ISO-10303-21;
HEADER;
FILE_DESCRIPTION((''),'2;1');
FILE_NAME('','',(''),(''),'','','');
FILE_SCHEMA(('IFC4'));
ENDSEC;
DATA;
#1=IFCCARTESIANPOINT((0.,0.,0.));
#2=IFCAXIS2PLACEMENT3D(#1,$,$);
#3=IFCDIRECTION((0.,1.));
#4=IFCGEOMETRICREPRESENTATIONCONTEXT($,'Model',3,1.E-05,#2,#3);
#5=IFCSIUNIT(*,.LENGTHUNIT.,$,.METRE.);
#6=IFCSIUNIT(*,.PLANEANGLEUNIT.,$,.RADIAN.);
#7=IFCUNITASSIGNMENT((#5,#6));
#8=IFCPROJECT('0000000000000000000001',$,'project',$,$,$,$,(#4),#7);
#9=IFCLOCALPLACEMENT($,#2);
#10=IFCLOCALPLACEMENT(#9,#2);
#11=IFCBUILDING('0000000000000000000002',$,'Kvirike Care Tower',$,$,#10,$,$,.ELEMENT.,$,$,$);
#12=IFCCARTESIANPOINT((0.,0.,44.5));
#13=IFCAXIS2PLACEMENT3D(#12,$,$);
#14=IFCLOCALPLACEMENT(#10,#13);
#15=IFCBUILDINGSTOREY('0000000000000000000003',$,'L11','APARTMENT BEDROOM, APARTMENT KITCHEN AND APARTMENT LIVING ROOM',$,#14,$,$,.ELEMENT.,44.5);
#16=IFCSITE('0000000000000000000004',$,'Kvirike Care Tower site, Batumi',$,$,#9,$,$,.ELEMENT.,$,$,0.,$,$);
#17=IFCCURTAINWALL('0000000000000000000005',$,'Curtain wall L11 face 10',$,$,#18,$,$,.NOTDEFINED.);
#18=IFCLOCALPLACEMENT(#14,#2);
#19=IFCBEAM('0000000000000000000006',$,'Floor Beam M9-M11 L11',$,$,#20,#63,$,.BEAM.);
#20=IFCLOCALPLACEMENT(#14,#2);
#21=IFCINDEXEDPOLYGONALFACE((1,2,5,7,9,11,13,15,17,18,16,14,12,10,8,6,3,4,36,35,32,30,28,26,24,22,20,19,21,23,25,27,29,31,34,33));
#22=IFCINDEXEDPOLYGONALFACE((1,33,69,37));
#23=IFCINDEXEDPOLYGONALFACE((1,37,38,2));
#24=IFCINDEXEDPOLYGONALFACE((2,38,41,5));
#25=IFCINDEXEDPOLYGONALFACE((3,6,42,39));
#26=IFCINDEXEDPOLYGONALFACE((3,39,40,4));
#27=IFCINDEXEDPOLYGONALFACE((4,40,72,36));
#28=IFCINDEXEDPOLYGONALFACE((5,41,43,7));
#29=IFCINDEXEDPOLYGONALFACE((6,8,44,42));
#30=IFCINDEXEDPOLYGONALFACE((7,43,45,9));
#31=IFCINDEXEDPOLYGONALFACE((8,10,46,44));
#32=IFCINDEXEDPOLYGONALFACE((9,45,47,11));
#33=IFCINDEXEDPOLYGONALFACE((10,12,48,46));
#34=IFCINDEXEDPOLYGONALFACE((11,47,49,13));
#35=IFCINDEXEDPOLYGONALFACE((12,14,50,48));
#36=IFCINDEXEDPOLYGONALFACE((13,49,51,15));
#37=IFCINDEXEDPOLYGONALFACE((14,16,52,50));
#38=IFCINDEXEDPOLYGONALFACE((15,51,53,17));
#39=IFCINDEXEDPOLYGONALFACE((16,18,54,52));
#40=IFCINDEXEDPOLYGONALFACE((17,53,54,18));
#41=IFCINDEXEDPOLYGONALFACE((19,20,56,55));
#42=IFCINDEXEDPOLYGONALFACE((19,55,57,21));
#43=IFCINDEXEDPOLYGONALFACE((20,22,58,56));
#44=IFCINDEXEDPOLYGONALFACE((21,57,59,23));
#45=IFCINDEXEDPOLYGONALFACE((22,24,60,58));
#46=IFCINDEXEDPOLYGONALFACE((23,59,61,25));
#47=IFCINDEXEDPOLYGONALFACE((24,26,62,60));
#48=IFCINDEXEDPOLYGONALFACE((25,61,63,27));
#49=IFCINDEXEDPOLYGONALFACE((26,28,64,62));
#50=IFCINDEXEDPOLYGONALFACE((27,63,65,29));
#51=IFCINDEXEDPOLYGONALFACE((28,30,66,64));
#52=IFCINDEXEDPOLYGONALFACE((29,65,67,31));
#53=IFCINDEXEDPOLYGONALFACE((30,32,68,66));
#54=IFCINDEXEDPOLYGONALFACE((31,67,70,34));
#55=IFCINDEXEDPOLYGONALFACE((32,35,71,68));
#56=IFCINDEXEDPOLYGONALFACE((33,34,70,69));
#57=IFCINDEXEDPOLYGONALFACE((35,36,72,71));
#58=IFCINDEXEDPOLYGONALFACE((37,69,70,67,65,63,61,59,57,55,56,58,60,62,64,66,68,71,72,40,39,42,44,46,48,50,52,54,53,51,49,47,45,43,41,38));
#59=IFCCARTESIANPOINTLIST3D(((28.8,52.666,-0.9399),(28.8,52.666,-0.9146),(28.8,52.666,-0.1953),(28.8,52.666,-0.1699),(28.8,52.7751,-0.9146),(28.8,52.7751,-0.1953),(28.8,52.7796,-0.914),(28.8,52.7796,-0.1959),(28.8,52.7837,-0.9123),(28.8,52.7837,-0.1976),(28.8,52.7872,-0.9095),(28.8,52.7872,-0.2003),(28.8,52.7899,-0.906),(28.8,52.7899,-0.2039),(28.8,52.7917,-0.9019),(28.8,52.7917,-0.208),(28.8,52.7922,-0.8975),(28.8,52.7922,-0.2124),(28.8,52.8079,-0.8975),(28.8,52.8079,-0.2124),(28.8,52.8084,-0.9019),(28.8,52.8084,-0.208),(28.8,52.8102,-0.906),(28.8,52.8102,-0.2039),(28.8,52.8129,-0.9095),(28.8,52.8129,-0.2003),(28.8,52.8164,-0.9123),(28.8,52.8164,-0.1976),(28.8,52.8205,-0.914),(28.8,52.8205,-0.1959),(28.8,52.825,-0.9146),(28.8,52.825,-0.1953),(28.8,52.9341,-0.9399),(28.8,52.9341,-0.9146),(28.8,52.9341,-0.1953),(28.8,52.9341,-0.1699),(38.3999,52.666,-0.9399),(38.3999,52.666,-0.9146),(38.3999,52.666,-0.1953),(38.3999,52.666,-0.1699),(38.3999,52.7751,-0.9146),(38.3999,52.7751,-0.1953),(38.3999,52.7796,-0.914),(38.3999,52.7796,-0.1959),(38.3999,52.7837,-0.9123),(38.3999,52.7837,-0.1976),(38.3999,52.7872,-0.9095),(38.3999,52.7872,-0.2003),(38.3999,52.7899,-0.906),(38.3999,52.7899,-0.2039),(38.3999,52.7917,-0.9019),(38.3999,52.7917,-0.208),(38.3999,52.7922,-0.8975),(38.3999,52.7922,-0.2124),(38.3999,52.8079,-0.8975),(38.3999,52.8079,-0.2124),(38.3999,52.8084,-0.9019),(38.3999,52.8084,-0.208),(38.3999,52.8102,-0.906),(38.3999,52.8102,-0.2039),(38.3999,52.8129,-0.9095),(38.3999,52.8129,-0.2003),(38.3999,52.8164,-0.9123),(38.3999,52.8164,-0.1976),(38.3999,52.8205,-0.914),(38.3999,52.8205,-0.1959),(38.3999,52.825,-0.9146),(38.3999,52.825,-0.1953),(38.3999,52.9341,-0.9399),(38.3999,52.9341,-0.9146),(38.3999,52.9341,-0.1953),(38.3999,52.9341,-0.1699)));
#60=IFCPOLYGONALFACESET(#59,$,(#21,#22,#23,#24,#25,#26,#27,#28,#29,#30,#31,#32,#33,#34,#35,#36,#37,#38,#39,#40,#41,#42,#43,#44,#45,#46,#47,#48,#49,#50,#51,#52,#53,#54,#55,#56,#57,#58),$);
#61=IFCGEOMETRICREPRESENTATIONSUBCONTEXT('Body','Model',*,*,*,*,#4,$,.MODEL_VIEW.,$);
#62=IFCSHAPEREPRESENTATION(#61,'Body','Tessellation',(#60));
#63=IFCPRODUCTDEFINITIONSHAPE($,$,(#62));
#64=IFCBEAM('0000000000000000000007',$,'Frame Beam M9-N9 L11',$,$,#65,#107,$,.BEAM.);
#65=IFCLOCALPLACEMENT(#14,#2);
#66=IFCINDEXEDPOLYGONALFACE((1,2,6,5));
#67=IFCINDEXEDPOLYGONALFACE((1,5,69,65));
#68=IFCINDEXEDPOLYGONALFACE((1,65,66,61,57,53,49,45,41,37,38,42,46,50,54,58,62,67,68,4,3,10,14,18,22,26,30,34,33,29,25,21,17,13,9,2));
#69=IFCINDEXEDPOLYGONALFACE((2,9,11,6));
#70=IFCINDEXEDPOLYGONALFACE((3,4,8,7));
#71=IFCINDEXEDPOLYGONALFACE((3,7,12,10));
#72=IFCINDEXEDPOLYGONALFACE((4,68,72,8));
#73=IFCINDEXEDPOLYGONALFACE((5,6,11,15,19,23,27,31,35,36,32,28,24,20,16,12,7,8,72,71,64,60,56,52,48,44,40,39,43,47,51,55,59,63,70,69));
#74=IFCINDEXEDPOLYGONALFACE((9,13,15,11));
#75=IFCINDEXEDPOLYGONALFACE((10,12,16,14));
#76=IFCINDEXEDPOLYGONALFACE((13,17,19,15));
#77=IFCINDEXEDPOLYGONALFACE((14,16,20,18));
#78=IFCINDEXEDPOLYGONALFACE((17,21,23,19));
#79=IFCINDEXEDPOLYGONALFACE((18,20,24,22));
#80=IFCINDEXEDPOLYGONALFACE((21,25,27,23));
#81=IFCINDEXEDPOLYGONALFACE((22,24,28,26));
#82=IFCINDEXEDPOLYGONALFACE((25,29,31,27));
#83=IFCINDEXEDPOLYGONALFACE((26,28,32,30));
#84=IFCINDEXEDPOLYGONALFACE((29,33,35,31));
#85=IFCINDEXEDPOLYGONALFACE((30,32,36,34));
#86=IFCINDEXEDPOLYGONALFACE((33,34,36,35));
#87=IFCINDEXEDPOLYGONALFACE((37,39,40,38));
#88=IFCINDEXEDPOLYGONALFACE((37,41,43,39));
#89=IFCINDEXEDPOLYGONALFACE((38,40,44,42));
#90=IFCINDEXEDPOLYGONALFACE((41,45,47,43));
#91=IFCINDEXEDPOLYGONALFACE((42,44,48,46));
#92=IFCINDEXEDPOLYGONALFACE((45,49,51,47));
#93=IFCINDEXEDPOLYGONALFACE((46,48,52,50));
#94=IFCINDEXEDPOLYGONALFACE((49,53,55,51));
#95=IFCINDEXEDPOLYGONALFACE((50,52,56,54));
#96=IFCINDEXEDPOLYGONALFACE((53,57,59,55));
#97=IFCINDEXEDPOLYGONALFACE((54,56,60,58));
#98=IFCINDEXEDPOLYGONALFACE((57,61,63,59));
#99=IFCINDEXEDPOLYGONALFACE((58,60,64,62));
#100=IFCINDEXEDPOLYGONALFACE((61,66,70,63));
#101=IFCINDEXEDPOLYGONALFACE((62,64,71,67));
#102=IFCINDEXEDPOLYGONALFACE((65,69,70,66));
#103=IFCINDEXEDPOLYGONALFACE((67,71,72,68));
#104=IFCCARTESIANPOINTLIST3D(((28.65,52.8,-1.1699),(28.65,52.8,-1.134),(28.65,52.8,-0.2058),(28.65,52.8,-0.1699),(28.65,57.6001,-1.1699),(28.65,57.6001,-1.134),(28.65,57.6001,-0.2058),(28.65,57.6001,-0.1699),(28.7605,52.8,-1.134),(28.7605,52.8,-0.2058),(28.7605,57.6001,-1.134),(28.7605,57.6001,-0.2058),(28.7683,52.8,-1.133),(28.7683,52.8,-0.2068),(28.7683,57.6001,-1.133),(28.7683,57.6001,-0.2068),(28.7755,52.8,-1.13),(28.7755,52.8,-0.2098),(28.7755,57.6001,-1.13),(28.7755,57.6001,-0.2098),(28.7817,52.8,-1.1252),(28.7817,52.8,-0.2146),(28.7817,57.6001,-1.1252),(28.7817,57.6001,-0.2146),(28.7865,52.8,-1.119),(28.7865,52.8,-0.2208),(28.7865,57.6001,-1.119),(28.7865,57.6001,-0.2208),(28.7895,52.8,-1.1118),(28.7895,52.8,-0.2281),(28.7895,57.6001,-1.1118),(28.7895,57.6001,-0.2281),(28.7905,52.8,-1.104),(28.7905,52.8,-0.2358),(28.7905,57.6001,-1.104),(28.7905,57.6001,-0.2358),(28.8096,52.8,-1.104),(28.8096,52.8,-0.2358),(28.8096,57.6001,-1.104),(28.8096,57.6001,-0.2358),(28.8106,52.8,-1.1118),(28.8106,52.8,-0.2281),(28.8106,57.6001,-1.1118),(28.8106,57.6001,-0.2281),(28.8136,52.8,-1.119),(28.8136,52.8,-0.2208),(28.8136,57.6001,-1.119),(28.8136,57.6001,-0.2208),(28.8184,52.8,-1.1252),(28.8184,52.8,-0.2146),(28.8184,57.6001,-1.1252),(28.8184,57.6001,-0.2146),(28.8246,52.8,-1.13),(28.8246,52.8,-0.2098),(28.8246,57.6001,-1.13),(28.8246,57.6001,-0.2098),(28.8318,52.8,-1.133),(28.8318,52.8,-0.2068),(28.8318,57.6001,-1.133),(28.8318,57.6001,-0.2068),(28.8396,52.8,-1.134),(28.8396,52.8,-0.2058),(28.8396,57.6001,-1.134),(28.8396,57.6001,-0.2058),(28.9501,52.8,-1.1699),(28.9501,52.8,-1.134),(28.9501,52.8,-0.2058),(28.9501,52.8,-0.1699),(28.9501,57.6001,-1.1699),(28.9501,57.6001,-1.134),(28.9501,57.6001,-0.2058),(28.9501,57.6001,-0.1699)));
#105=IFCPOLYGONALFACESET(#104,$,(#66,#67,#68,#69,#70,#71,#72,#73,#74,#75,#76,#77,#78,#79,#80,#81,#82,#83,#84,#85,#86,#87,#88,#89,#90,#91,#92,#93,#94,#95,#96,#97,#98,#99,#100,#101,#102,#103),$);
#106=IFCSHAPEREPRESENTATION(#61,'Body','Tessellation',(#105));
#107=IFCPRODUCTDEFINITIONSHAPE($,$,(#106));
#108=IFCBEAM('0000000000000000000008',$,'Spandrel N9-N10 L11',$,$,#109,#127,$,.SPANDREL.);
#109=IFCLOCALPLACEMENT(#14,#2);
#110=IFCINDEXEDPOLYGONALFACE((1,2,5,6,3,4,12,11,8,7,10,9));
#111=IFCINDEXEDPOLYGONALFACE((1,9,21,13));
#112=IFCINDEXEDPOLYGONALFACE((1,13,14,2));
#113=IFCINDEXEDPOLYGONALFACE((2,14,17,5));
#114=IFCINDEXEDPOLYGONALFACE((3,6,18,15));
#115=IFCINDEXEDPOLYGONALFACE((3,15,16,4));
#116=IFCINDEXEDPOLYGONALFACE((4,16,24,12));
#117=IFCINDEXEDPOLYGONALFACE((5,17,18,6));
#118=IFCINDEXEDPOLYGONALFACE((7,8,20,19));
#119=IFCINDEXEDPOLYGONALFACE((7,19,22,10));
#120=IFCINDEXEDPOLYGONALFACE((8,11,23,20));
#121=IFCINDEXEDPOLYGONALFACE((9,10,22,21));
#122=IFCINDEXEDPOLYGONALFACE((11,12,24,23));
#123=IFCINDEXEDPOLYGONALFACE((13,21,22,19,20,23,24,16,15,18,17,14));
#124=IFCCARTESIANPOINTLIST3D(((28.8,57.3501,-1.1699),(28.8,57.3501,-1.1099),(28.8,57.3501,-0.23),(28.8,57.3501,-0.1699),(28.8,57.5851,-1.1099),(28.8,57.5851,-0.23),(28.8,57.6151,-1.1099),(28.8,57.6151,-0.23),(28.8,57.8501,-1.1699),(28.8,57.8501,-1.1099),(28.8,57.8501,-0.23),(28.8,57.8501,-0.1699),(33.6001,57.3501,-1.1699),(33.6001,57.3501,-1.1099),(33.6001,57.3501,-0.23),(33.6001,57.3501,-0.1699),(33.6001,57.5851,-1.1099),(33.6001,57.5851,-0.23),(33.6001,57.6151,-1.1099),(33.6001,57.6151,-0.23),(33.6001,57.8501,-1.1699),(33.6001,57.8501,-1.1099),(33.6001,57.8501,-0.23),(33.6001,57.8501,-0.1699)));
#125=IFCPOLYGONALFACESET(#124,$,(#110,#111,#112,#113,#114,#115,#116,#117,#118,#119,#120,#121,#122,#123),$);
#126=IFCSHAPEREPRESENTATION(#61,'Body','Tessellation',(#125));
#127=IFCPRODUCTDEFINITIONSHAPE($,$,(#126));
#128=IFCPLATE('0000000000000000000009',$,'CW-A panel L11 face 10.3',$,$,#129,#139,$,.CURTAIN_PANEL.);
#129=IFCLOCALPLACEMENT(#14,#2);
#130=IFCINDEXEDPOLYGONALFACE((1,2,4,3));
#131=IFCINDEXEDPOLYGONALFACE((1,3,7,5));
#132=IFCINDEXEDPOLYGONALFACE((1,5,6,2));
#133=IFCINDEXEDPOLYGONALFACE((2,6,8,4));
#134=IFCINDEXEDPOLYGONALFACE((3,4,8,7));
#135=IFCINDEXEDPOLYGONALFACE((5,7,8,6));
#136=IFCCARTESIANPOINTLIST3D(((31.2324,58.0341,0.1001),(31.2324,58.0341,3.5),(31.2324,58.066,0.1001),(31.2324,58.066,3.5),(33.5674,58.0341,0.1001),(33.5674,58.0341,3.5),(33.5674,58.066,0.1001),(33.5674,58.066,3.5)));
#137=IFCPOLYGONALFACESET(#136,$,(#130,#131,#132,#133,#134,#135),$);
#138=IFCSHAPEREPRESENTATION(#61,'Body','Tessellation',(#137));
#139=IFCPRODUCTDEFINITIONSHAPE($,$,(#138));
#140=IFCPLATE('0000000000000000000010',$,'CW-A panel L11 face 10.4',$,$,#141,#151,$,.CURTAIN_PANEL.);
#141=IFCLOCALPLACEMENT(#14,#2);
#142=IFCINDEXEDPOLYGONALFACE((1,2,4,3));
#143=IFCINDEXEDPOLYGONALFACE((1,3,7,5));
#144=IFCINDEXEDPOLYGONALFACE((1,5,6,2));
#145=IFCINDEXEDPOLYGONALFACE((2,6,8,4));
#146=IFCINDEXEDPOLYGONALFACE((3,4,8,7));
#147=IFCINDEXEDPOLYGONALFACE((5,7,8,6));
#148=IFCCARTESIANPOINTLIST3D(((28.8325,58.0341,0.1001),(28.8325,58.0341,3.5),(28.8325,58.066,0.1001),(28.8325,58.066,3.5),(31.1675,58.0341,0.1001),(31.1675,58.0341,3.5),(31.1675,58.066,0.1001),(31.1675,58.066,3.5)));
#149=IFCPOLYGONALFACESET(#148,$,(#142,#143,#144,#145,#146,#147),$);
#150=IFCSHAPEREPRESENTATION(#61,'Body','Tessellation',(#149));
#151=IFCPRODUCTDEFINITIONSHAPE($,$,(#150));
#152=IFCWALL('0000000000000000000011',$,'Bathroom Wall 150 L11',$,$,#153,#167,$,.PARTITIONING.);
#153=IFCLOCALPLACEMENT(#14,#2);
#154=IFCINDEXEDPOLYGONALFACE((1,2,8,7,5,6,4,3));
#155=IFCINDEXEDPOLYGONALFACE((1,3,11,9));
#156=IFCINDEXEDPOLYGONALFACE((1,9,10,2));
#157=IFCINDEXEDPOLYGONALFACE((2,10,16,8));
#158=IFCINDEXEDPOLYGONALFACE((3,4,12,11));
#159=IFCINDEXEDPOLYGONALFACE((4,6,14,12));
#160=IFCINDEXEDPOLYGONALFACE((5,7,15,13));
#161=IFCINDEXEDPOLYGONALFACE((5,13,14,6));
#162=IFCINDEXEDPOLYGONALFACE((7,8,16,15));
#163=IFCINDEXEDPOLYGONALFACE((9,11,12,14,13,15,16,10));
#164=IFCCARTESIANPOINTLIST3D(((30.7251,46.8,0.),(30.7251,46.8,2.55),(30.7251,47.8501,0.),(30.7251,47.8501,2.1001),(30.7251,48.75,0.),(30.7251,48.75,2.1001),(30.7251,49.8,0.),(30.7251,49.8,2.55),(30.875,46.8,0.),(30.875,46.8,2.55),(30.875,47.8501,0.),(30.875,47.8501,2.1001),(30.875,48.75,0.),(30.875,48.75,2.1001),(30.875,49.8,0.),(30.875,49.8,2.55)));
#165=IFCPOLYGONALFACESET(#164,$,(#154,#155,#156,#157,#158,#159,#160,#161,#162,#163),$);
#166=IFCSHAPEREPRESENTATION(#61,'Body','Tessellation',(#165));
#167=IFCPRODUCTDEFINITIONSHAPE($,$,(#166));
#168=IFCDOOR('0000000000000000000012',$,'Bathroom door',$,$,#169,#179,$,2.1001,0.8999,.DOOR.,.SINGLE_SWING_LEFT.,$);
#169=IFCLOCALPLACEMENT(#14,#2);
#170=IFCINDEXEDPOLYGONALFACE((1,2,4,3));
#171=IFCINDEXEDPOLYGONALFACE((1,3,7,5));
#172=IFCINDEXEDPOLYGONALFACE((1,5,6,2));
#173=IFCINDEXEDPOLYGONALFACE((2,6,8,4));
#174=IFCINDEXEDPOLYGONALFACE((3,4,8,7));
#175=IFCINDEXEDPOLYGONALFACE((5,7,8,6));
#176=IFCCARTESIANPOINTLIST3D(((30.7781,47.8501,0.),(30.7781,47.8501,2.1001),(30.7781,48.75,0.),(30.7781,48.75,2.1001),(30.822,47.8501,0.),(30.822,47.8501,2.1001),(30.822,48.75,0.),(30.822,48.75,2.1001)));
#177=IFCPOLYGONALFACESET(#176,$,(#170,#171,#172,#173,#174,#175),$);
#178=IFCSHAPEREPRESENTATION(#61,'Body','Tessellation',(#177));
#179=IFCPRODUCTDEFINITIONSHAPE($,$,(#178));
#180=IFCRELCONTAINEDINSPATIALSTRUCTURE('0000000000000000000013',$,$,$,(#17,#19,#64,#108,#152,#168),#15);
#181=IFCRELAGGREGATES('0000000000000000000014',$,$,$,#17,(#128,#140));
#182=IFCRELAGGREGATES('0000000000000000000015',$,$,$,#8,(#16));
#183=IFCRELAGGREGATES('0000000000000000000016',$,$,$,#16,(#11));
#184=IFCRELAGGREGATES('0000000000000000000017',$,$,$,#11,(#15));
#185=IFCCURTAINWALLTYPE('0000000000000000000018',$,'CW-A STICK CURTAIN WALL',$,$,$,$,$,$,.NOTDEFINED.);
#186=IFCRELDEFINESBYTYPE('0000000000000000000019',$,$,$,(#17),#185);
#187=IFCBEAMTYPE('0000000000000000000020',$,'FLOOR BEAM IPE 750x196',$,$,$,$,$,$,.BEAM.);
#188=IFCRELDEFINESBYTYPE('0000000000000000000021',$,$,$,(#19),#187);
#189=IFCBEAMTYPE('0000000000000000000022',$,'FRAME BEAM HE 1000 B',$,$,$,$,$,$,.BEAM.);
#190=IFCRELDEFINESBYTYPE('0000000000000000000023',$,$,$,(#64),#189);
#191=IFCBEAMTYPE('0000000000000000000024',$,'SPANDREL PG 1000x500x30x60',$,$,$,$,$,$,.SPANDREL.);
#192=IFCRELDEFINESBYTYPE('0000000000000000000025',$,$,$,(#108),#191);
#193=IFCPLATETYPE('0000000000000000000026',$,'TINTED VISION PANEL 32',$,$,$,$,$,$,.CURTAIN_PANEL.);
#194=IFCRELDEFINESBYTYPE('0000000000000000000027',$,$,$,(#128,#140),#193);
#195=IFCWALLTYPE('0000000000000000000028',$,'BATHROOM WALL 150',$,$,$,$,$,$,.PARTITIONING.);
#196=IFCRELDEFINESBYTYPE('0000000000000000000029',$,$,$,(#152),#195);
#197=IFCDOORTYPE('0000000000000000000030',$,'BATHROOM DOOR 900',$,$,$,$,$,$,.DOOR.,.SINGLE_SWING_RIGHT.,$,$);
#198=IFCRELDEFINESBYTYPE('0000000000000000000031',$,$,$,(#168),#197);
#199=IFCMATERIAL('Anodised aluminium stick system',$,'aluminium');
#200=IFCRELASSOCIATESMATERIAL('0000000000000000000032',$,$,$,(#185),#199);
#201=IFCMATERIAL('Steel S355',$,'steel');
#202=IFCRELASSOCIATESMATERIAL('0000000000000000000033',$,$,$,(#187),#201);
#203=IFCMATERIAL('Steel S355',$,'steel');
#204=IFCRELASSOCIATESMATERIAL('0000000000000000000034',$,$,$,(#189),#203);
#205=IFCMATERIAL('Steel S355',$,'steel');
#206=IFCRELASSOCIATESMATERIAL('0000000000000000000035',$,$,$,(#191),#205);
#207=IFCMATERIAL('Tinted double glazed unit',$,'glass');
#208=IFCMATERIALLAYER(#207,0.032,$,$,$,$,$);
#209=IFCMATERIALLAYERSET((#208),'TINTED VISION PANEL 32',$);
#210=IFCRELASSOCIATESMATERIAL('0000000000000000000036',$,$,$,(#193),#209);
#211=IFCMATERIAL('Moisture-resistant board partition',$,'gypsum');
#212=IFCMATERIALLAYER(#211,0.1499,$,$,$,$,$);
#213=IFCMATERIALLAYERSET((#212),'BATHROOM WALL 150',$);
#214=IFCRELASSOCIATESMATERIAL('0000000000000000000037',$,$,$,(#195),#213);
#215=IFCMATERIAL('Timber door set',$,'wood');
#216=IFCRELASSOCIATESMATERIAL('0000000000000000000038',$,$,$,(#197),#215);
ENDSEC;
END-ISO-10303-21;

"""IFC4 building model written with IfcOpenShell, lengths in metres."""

from ifc_helpers import new_model, si_unit, direction, frame, frame_2d, origin, origin_2d, place, context, subcontext, project, spatial, rectangle, i_section, extrude, material, layer, layer_set, material_profile, profile_set, type_object, element, fill, aggregate, save


model = new_model("IFC4")

# Units and contexts
model_context = context("Model", 3, precision=1e-05, world=origin(), true_north=direction((0.0, 1.0)))
body_context = subcontext(model_context, "Body", "Model", "MODEL_VIEW")
ifc_project = project(units=[si_unit("LENGTHUNIT", "METRE"), si_unit("PLANEANGLEUNIT", "RADIAN")], contexts=[model_context])

# Site, building, storey
site_placement = place(None, origin())
site = spatial("IfcSite", under=ifc_project, at=site_placement, Name="Kvirike Care Tower site, Batumi", CompositionType="ELEMENT", RefElevation=0.0)
building_placement = place(site_placement, origin())
building = spatial("IfcBuilding", under=site, at=building_placement, Name="Kvirike Care Tower", CompositionType="ELEMENT")
storey_placement = place(building_placement, frame((0.0, 0.0, 44.5)))
storey = spatial("IfcBuildingStorey", under=building, at=storey_placement, Name="L11", Description="APARTMENT BEDROOM, APARTMENT KITCHEN AND APARTMENT LIVING ROOM", CompositionType="ELEMENT", Elevation=44.5)

# Curtain wall
ifc_material_1 = material(Name="Anodised aluminium stick system", Category="aluminium")
curtain_wall_type = type_object("IfcCurtainWallType", Name="CW-A STICK CURTAIN WALL", PredefinedType="NOTDEFINED", material=ifc_material_1)
curtain_wall_placement = place(storey_placement, origin())
curtain_wall = element("IfcCurtainWall", 1, at=curtain_wall_placement, inside=storey, type_object=curtain_wall_type, Name="Curtain wall L11 face 10", PredefinedType="NOTDEFINED")

# Beams
ifc_material_2 = material(Name="Steel S355", Category="steel")
ifc_material_profile_1 = material_profile(ifc_material_2, i_section(OverallWidth=0.2681, OverallDepth=0.77, WebThickness=0.0156, FlangeThickness=0.0254, FilletRadius=0.0171, at=origin_2d()), Name="IPE 750x196")
ifc_profile_set_1 = profile_set([ifc_material_profile_1], Name="Steel S355")
beam_type_1 = type_object("IfcBeamType", Name="FLOOR BEAM IPE 750x196", PredefinedType="BEAM", material=ifc_profile_set_1)
beam_1_placement = place(storey_placement, frame((28.8, 52.8, -0.5549), z_axis=(1.0, 0.0, 0.0), x_axis=(0.0, 1.0, 0.0)))
element("IfcBeam", 2, at=beam_1_placement, inside=storey, type_object=beam_type_1, Name="Floor Beam M9-M11 L11", PredefinedType="BEAM", context=body_context, shape_type="SweptSolid", body=[
    extrude(i_section(OverallWidth=0.2681, OverallDepth=0.77, WebThickness=0.0156, FlangeThickness=0.0254, FilletRadius=0.0171, at=origin_2d()), origin(), (0.0, 0.0, 1.0), 9.5999),
])
ifc_material_3 = material(Name="Steel S355", Category="steel")
ifc_material_profile_2 = material_profile(ifc_material_3, i_section(OverallWidth=0.3, OverallDepth=1.0, WebThickness=0.019, FlangeThickness=0.0359, FilletRadius=0.03, at=origin_2d()), Name="HE 1000 B")
ifc_profile_set_2 = profile_set([ifc_material_profile_2], Name="Steel S355")
beam_type_2 = type_object("IfcBeamType", Name="FRAME BEAM HE 1000 B", PredefinedType="BEAM", material=ifc_profile_set_2)
beam_2_placement = place(storey_placement, frame((28.8, 52.8, -0.6699), z_axis=(0.0, 1.0, 0.0), x_axis=(-1.0, 0.0, 0.0)))
element("IfcBeam", 3, at=beam_2_placement, inside=storey, type_object=beam_type_2, Name="Frame Beam M9-N9 L11", PredefinedType="BEAM", context=body_context, shape_type="SweptSolid", body=[
    extrude(i_section(OverallWidth=0.3, OverallDepth=1.0, WebThickness=0.019, FlangeThickness=0.0359, FilletRadius=0.03, at=origin_2d()), origin(), (0.0, 0.0, 1.0), 4.8),
])
ifc_material_4 = material(Name="Steel S355", Category="steel")
ifc_material_profile_3 = material_profile(ifc_material_4, i_section(OverallWidth=0.5, OverallDepth=1.0, WebThickness=0.03, FlangeThickness=0.0601, at=origin_2d()), Name="PG 1000x500x30x60")
ifc_profile_set_3 = profile_set([ifc_material_profile_3], Name="Steel S355")
beam_type_3 = type_object("IfcBeamType", Name="SPANDREL PG 1000x500x30x60", PredefinedType="SPANDREL", material=ifc_profile_set_3)
beam_3_placement = place(storey_placement, frame((28.8, 57.6001, -0.6699), z_axis=(1.0, 0.0, 0.0), x_axis=(0.0, 1.0, 0.0)))
element("IfcBeam", 4, at=beam_3_placement, inside=storey, type_object=beam_type_3, Name="Spandrel N9-N10 L11", PredefinedType="SPANDREL", context=body_context, shape_type="SweptSolid", body=[
    extrude(i_section(OverallWidth=0.5, OverallDepth=1.0, WebThickness=0.03, FlangeThickness=0.0601, at=origin_2d()), origin(), (0.0, 0.0, 1.0), 4.8),
])

# Plates
ifc_material_5 = material(Name="Tinted double glazed unit", Category="glass")
ifc_layer_1 = layer(ifc_material_5, 0.032)
ifc_layer_set_1 = layer_set([ifc_layer_1], Name="TINTED VISION PANEL 32")
plate_type = type_object("IfcPlateType", Name="TINTED VISION PANEL 32", PredefinedType="CURTAIN_PANEL", material=ifc_layer_set_1)
plate_1_placement = place(storey_placement, frame((32.3999, 58.05, 0.1001), z_axis=(0.0, 0.0, 1.0), x_axis=(-1.0, 0.0, 0.0)))
plate_1 = element("IfcPlate", 5, at=plate_1_placement, type_object=plate_type, Name="CW-A panel L11 face 10.3", PredefinedType="CURTAIN_PANEL", context=body_context, shape_type="SweptSolid", body=[
    extrude(rectangle(XDim=2.335, YDim=0.032, at=origin_2d()), origin(), (0.0, 0.0, 1.0), 3.3999),
])
plate_2_placement = place(storey_placement, frame((30.0, 58.05, 0.1001), z_axis=(0.0, 0.0, 1.0), x_axis=(-1.0, 0.0, 0.0)))
plate_2 = element("IfcPlate", 6, at=plate_2_placement, type_object=plate_type, Name="CW-A panel L11 face 10.4", PredefinedType="CURTAIN_PANEL", context=body_context, shape_type="SweptSolid", body=[
    extrude(rectangle(XDim=2.335, YDim=0.032, at=origin_2d()), origin(), (0.0, 0.0, 1.0), 3.3999),
])
aggregate(curtain_wall, [plate_1, plate_2])

# Wall, opening, door
ifc_material_6 = material(Name="Moisture-resistant board partition", Category="gypsum")
ifc_layer_2 = layer(ifc_material_6, 0.1499)
ifc_layer_set_2 = layer_set([ifc_layer_2], Name="BATHROOM WALL 150")
wall_type_1 = type_object("IfcWallType", Name="BATHROOM WALL 150", PredefinedType="PARTITIONING", material=ifc_layer_set_2)
wall_1_placement = place(storey_placement, frame((30.8, 49.8, 0.0), z_axis=(0.0, 0.0, 1.0), x_axis=(0.0, -1.0, 0.0)))
wall_1 = element("IfcWall", 7, at=wall_1_placement, inside=storey, type_object=wall_type_1, Name="Bathroom Wall 150 L11", PredefinedType="PARTITIONING", context=body_context, shape_type="SweptSolid", body=[
    extrude(rectangle(XDim=3.0, YDim=0.1499, at=frame_2d((1.5, 0.0))), origin(), (0.0, 0.0, 1.0), 2.55),
])
opening_1_placement = place(wall_1_placement, frame((1.05, 0.0, 0.0)))
opening_1 = element("IfcOpeningElement", 8, at=opening_1_placement, cuts=wall_1, PredefinedType="OPENING", context=body_context, shape_type="SweptSolid", body=[
    extrude(rectangle(XDim=0.8999, YDim=2.1001, at=frame_2d((0.45, 1.05))), frame((0.0, 0.0854, 0.0), z_axis=(0.0, -1.0, 0.0), x_axis=(1.0, 0.0, 0.0)), (0.0, 0.0, 1.0), 0.1709),
])
ifc_material_7 = material(Name="Timber door set", Category="wood")
door_type_1 = type_object("IfcDoorType", Name="BATHROOM DOOR 900", OperationType="SINGLE_SWING_RIGHT", PredefinedType="DOOR", material=ifc_material_7)
door_1_placement = place(opening_1_placement, origin())
door_1 = element("IfcDoor", 9, at=door_1_placement, inside=storey, type_object=door_type_1, Name="Bathroom door", OperationType="SINGLE_SWING_LEFT", OverallHeight=2.1001, OverallWidth=0.8999, PredefinedType="DOOR", context=body_context, shape_type="SweptSolid", body=[
    extrude(rectangle(XDim=0.8999, YDim=2.1001, at=frame_2d((0.45, 1.05))), frame((0.0, 0.022, 0.0), z_axis=(0.0, -1.0, 0.0), x_axis=(1.0, 0.0, 0.0)), (0.0, 0.0, 1.0), 0.0439),
])
fill(opening_1, door_1)

save(model, "model.ifc")
